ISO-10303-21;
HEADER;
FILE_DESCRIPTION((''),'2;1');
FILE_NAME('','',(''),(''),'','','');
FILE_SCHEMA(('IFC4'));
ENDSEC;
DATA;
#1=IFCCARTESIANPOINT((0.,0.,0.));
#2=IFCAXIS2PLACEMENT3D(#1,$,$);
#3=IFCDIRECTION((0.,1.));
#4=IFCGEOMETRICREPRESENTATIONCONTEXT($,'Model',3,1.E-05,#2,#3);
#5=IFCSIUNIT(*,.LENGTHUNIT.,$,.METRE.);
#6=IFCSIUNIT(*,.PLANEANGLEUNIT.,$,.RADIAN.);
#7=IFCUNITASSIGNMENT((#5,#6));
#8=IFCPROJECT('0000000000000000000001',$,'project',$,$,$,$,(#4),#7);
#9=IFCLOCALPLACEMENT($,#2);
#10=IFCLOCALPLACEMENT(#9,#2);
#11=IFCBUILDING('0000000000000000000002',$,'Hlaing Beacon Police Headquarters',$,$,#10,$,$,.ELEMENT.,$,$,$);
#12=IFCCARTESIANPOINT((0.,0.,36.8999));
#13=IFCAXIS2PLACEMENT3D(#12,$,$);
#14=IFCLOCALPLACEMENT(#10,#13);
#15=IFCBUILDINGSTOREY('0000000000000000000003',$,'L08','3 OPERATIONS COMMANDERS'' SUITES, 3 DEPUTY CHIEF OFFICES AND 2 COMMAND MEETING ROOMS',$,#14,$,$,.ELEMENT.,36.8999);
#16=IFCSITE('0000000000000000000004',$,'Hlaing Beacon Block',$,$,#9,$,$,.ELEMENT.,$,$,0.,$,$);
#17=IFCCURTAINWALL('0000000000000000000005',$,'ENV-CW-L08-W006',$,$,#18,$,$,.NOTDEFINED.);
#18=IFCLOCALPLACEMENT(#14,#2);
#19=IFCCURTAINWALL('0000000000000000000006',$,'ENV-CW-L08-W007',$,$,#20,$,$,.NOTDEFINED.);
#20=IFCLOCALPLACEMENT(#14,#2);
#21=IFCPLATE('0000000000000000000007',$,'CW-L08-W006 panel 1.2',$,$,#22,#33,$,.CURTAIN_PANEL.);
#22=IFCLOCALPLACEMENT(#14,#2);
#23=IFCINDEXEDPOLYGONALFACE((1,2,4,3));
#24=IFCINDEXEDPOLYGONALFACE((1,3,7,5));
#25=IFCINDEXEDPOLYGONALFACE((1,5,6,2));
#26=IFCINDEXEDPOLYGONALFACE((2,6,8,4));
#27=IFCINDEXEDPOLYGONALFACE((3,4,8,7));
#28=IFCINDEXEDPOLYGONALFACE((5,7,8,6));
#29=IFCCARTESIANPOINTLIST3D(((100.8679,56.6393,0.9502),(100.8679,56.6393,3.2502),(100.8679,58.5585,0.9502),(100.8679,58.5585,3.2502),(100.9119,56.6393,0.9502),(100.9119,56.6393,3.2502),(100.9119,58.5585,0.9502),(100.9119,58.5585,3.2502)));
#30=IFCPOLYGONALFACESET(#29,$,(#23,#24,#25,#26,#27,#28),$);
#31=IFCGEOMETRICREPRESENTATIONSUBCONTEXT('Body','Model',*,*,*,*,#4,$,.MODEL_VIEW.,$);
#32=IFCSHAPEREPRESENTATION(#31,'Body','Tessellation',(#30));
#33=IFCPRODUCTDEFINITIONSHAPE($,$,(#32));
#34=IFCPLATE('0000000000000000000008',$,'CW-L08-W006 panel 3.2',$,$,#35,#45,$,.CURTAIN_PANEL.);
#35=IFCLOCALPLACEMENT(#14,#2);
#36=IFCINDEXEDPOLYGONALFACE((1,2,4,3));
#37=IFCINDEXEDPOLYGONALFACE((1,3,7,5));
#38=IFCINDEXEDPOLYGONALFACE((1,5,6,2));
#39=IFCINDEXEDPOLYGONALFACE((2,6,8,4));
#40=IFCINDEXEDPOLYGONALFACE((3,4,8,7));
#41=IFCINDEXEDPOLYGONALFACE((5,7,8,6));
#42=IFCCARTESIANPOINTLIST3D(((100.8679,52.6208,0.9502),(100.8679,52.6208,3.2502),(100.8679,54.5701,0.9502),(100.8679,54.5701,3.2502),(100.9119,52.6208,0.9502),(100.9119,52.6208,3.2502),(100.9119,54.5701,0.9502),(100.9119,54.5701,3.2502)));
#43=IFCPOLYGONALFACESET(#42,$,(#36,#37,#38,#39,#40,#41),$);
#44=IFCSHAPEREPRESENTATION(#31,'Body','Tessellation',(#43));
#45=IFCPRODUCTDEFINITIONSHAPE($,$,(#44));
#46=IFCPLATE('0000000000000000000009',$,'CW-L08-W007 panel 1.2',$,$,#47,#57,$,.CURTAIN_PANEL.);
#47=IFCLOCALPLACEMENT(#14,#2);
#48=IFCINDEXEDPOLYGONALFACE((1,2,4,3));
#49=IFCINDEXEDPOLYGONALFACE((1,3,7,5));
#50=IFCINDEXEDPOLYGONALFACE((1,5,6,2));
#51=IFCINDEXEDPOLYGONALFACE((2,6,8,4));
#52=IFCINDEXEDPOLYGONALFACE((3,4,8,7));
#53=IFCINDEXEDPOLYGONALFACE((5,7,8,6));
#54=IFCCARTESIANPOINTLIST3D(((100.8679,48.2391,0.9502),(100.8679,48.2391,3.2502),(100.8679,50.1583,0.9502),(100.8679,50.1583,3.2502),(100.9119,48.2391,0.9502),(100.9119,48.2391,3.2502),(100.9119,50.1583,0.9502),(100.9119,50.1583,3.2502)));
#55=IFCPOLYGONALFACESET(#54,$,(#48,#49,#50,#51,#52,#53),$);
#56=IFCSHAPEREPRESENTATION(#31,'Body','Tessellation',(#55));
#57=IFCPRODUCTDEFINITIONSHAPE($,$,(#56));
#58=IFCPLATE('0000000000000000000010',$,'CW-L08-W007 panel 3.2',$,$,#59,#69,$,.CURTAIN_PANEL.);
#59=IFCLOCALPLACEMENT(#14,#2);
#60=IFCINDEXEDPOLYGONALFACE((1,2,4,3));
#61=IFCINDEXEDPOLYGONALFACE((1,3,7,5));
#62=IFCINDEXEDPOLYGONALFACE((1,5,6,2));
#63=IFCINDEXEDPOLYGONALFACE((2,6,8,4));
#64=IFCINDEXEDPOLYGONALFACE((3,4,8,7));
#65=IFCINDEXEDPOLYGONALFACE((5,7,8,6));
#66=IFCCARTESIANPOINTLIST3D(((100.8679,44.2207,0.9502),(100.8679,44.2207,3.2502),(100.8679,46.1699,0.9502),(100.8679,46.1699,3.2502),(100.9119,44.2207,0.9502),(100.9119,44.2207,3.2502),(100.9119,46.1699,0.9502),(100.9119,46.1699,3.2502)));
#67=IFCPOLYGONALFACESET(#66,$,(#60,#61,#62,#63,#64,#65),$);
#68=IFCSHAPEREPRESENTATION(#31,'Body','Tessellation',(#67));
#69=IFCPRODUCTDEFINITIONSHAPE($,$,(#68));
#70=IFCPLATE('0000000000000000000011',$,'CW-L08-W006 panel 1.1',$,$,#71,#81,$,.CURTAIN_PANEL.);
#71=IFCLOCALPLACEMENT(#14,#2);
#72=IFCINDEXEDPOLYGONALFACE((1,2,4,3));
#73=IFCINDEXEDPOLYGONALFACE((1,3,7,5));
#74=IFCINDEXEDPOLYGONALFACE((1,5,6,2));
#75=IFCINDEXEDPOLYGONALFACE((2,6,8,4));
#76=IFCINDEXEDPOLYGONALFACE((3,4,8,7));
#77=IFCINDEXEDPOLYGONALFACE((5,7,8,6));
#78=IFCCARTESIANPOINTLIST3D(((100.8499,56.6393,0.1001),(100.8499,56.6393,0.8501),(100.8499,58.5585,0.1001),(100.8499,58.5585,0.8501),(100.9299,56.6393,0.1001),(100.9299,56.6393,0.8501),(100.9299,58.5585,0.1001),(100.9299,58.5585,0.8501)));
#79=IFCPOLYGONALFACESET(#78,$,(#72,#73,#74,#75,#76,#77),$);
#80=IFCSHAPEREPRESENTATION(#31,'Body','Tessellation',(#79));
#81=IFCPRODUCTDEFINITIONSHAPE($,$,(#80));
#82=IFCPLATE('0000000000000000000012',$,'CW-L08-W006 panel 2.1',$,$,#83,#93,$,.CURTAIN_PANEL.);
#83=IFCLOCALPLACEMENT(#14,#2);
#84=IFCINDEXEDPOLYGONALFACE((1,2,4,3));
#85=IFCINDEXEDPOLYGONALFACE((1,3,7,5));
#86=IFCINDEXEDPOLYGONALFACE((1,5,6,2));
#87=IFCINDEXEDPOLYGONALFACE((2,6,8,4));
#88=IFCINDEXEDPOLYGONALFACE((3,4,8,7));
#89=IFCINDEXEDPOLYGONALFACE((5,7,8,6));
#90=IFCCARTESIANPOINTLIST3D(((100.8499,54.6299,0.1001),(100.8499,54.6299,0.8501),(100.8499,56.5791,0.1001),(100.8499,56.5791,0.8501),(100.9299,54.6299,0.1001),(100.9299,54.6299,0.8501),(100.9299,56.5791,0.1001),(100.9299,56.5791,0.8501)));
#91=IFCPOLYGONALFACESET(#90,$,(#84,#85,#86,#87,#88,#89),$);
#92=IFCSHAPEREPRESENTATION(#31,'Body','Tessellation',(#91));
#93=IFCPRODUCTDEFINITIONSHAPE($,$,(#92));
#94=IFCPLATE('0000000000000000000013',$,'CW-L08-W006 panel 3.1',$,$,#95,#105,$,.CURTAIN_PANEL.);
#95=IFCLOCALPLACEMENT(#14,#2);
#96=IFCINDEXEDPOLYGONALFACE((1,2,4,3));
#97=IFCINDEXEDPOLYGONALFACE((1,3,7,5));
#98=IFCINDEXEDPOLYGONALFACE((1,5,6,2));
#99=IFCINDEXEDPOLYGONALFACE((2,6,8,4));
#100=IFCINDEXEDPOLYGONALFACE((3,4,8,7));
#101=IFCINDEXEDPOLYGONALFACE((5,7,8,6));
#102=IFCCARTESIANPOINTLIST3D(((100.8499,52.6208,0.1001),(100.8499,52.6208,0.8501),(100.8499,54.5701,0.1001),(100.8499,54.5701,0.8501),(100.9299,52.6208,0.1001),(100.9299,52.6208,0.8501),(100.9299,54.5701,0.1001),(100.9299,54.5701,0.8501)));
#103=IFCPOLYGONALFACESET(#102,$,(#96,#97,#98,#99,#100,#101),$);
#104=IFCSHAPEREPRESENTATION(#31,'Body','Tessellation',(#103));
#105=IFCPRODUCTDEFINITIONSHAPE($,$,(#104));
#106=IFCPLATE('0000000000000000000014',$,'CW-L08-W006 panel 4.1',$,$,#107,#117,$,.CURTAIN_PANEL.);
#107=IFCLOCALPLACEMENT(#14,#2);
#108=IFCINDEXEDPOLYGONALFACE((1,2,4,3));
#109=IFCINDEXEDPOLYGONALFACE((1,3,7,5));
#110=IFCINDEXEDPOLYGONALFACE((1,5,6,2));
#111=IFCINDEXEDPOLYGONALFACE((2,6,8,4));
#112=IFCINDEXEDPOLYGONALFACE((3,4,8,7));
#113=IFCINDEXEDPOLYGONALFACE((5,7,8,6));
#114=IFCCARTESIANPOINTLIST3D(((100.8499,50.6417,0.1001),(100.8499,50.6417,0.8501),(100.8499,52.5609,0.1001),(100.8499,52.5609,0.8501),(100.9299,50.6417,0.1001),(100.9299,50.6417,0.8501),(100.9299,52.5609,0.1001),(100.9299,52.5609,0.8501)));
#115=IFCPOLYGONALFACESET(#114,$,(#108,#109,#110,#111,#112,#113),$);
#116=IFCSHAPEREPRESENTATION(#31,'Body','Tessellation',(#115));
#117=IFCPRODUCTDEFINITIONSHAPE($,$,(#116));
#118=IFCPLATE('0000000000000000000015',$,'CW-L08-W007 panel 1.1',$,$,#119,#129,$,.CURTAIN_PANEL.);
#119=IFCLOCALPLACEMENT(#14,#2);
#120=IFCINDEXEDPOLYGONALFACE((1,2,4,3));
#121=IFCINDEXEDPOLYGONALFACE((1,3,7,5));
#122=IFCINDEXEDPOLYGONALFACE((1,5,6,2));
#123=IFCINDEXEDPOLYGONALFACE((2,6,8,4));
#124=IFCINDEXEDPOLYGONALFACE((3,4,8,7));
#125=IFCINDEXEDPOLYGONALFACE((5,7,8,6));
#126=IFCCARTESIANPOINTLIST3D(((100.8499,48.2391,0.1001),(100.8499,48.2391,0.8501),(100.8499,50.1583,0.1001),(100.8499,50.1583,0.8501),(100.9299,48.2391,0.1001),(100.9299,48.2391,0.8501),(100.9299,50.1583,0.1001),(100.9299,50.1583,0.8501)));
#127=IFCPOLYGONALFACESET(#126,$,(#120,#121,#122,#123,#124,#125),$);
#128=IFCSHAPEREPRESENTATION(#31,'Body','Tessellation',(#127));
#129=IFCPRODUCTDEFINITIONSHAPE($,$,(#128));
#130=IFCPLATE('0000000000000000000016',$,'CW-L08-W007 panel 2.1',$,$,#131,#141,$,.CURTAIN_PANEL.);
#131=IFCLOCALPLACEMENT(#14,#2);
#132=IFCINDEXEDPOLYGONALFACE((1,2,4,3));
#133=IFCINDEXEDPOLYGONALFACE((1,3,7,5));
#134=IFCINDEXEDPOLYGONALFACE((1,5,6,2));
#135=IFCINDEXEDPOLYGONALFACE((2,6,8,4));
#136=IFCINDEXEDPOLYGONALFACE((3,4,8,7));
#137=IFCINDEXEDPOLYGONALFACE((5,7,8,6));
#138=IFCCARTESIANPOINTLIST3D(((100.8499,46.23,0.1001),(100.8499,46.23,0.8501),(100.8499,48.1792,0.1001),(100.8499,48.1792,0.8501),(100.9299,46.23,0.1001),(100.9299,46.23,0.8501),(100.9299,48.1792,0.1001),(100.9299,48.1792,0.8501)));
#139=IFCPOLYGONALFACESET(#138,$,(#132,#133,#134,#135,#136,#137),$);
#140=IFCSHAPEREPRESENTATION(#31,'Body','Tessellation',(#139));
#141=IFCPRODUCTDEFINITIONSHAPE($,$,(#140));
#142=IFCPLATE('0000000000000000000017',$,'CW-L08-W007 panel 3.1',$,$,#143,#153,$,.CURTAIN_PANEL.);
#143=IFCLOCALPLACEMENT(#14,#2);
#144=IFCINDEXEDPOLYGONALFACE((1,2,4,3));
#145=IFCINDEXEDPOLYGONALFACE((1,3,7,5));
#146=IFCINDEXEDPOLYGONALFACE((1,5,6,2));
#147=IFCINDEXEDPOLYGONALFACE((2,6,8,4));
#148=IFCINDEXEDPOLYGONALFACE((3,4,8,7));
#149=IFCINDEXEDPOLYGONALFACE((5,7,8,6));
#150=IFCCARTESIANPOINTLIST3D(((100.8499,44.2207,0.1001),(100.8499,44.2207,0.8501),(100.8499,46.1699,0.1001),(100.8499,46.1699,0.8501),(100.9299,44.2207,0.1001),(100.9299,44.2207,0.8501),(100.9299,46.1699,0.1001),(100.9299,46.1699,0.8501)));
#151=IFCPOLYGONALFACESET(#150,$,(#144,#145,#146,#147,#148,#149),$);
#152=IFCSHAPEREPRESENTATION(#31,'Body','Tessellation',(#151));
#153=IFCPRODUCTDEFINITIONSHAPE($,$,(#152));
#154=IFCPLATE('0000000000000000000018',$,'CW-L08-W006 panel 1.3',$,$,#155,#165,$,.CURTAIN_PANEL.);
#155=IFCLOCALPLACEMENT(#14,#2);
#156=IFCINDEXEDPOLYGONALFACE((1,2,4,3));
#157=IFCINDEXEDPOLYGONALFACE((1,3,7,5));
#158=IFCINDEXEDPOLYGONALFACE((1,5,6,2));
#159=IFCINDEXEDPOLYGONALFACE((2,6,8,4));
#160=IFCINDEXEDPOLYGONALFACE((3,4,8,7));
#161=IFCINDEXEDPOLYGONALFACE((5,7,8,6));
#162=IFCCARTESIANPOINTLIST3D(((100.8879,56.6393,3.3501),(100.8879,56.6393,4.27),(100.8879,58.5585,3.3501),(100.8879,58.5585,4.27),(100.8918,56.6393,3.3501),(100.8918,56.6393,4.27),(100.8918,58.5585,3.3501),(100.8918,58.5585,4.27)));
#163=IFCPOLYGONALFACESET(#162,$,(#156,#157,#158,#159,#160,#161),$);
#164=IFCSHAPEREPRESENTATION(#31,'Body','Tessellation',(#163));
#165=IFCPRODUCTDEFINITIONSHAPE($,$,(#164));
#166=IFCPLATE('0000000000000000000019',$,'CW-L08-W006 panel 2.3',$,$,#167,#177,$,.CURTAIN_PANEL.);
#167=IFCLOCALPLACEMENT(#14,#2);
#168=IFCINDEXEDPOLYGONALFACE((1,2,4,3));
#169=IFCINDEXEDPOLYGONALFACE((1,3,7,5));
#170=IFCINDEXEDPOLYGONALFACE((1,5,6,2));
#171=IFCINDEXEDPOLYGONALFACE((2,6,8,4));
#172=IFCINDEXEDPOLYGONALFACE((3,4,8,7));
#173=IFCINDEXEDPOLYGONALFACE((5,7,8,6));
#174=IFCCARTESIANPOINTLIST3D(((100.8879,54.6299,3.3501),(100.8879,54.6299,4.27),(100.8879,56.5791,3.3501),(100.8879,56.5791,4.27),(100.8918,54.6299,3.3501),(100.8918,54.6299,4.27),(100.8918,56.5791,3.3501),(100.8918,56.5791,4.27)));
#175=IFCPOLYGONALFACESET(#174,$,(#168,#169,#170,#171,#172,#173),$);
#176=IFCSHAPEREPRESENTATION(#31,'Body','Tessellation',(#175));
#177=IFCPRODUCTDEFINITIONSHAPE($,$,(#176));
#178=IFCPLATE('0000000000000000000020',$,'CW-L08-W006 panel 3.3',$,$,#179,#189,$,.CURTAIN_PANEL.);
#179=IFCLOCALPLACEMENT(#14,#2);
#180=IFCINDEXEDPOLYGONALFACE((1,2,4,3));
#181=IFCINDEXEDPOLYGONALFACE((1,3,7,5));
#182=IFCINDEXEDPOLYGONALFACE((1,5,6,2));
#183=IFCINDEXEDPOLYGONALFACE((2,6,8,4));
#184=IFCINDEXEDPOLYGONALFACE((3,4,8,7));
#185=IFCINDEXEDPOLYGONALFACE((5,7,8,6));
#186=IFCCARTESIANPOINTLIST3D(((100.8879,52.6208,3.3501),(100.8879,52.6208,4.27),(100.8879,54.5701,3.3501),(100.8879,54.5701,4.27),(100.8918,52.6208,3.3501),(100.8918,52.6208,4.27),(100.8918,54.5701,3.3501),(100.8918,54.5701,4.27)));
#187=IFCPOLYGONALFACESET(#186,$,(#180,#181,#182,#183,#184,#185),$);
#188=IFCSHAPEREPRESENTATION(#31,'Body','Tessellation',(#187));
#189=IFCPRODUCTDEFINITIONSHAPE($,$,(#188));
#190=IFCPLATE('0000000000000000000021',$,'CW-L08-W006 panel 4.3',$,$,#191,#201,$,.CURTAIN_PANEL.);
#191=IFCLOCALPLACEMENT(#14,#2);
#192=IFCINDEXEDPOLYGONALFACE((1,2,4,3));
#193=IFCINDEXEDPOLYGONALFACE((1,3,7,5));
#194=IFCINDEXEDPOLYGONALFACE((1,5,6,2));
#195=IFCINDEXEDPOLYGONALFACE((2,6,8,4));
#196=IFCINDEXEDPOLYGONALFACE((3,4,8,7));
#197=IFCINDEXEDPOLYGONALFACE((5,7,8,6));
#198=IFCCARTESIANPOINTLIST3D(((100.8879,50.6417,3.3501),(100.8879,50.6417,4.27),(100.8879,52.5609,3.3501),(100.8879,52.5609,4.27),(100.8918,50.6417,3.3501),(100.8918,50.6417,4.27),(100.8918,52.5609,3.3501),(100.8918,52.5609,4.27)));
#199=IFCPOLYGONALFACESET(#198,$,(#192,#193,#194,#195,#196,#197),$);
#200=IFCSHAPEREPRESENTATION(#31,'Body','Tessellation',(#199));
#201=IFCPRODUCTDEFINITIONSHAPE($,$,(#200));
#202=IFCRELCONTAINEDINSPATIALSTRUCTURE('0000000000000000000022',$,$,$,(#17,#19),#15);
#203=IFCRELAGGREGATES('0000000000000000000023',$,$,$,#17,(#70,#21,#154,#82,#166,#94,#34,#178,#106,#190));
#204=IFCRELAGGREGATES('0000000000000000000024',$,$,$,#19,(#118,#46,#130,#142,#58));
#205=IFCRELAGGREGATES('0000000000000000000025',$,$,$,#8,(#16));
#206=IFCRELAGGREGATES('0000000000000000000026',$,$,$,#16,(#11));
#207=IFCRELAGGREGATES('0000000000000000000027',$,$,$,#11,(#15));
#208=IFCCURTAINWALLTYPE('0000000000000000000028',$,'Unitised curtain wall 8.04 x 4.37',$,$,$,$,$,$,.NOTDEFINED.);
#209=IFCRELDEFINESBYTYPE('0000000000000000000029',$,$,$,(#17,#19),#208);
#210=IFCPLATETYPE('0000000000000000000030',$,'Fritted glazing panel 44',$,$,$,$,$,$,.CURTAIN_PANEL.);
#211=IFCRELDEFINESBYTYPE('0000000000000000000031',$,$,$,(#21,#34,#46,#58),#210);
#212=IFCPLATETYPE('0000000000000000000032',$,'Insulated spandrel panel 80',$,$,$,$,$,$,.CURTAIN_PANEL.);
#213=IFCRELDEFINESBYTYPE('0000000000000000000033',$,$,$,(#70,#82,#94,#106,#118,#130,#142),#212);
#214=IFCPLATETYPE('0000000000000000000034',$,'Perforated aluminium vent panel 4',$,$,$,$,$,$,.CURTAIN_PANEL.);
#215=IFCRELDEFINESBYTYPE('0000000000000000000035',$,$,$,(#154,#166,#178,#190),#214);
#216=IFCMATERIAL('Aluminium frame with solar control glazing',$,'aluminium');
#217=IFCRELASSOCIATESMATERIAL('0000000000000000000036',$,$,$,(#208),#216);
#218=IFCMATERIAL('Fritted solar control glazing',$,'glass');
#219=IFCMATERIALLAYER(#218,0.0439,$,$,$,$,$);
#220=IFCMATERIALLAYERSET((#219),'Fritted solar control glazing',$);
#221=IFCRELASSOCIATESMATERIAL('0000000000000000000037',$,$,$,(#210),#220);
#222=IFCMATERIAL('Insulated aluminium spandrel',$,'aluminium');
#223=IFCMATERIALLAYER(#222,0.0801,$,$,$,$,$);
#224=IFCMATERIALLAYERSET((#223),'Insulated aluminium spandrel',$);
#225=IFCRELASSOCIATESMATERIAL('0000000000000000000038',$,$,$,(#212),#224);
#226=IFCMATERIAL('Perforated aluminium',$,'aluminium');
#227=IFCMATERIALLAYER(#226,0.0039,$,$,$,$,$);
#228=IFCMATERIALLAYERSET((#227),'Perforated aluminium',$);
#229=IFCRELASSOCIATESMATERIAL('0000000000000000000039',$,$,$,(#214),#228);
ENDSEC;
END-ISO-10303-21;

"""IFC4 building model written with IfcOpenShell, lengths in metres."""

from ifc_helpers import new_model, si_unit, direction, frame, origin, origin_2d, place, context, subcontext, project, spatial, rectangle, extrude, material, layer, layer_set, type_object, element, aggregate, save


model = new_model("IFC4")

# Units and contexts
model_context = context("Model", 3, precision=1e-05, world=origin(), true_north=direction((0.0, 1.0)))
body_context = subcontext(model_context, "Body", "Model", "MODEL_VIEW")
ifc_project = project(units=[si_unit("LENGTHUNIT", "METRE"), si_unit("PLANEANGLEUNIT", "RADIAN")], contexts=[model_context])

# Site, building, storey
site_placement = place(None, origin())
site = spatial("IfcSite", under=ifc_project, at=site_placement, Name="Hlaing Beacon Block", CompositionType="ELEMENT", RefElevation=0.0)
building_placement = place(site_placement, origin())
building = spatial("IfcBuilding", under=site, at=building_placement, Name="Hlaing Beacon Police Headquarters", CompositionType="ELEMENT")
storey_placement = place(building_placement, frame((0.0, 0.0, 36.8999)))
storey = spatial("IfcBuildingStorey", under=building, at=storey_placement, Name="L08", Description="3 OPERATIONS COMMANDERS' SUITES, 3 DEPUTY CHIEF OFFICES AND 2 COMMAND MEETING ROOMS", CompositionType="ELEMENT", Elevation=36.8999)

# Curtain wall
ifc_material_1 = material(Name="Aluminium frame with solar control glazing", Category="aluminium")
curtain_wall_type = type_object("IfcCurtainWallType", Name="Unitised curtain wall 8.04 x 4.37", PredefinedType="NOTDEFINED", material=ifc_material_1)
curtain_wall_1_placement = place(storey_placement, origin())
curtain_wall_1 = element("IfcCurtainWall", 1, at=curtain_wall_1_placement, inside=storey, type_object=curtain_wall_type, Name="ENV-CW-L08-W006", PredefinedType="NOTDEFINED")

# Curtain wall
curtain_wall_2_placement = place(storey_placement, origin())
curtain_wall_2 = element("IfcCurtainWall", 2, at=curtain_wall_2_placement, inside=storey, type_object=curtain_wall_type, Name="ENV-CW-L08-W007", PredefinedType="NOTDEFINED")

# Plates
ifc_material_2 = material(Name="Fritted solar control glazing", Category="glass")
ifc_layer_1 = layer(ifc_material_2, 0.0439)
ifc_layer_set_1 = layer_set([ifc_layer_1], Name="Fritted solar control glazing")
plate_type_1 = type_object("IfcPlateType", Name="Fritted glazing panel 44", PredefinedType="CURTAIN_PANEL", material=ifc_layer_set_1)
plate_1_placement = place(storey_placement, frame((100.8899, 57.5989, 0.9502), z_axis=(0.0, 0.0, 1.0), x_axis=(0.0, -1.0, 0.0)))
plate_1 = element("IfcPlate", 3, at=plate_1_placement, type_object=plate_type_1, Name="CW-L08-W006 panel 1.2", PredefinedType="CURTAIN_PANEL", context=body_context, shape_type="SweptSolid", body=[
    extrude(rectangle(XDim=1.9192, YDim=0.0439, at=origin_2d()), origin(), (0.0, 0.0, 1.0), 2.3),
])
plate_2_placement = place(storey_placement, frame((100.8899, 53.5955, 0.9502), z_axis=(0.0, 0.0, 1.0), x_axis=(0.0, -1.0, 0.0)))
plate_2 = element("IfcPlate", 4, at=plate_2_placement, type_object=plate_type_1, Name="CW-L08-W006 panel 3.2", PredefinedType="CURTAIN_PANEL", context=body_context, shape_type="SweptSolid", body=[
    extrude(rectangle(XDim=1.9492, YDim=0.0439, at=origin_2d()), origin(), (0.0, 0.0, 1.0), 2.3),
])
plate_3_placement = place(storey_placement, frame((100.8899, 49.1987, 0.9502), z_axis=(0.0, 0.0, 1.0), x_axis=(0.0, -1.0, 0.0)))
plate_3 = element("IfcPlate", 5, at=plate_3_placement, type_object=plate_type_1, Name="CW-L08-W007 panel 1.2", PredefinedType="CURTAIN_PANEL", context=body_context, shape_type="SweptSolid", body=[
    extrude(rectangle(XDim=1.9192, YDim=0.0439, at=origin_2d()), origin(), (0.0, 0.0, 1.0), 2.3),
])
plate_4_placement = place(storey_placement, frame((100.8899, 45.1953, 0.9502), z_axis=(0.0, 0.0, 1.0), x_axis=(0.0, -1.0, 0.0)))
plate_4 = element("IfcPlate", 6, at=plate_4_placement, type_object=plate_type_1, Name="CW-L08-W007 panel 3.2", PredefinedType="CURTAIN_PANEL", context=body_context, shape_type="SweptSolid", body=[
    extrude(rectangle(XDim=1.9492, YDim=0.0439, at=origin_2d()), origin(), (0.0, 0.0, 1.0), 2.3),
])
ifc_material_3 = material(Name="Insulated aluminium spandrel", Category="aluminium")
ifc_layer_2 = layer(ifc_material_3, 0.0801)
ifc_layer_set_2 = layer_set([ifc_layer_2], Name="Insulated aluminium spandrel")
plate_type_2 = type_object("IfcPlateType", Name="Insulated spandrel panel 80", PredefinedType="CURTAIN_PANEL", material=ifc_layer_set_2)
plate_5_placement = place(storey_placement, frame((100.8899, 57.5989, 0.1001), z_axis=(0.0, 0.0, 1.0), x_axis=(0.0, -1.0, 0.0)))
plate_5 = element("IfcPlate", 7, at=plate_5_placement, type_object=plate_type_2, Name="CW-L08-W006 panel 1.1", PredefinedType="CURTAIN_PANEL", context=body_context, shape_type="SweptSolid", body=[
    extrude(rectangle(XDim=1.9192, YDim=0.0801, at=origin_2d()), origin(), (0.0, 0.0, 1.0), 0.75),
])
plate_6_placement = place(storey_placement, frame((100.8899, 55.6045, 0.1001), z_axis=(0.0, 0.0, 1.0), x_axis=(0.0, -1.0, 0.0)))
plate_6 = element("IfcPlate", 8, at=plate_6_placement, type_object=plate_type_2, Name="CW-L08-W006 panel 2.1", PredefinedType="CURTAIN_PANEL", context=body_context, shape_type="SweptSolid", body=[
    extrude(rectangle(XDim=1.9492, YDim=0.0801, at=origin_2d()), origin(), (0.0, 0.0, 1.0), 0.75),
])
plate_7_placement = place(storey_placement, frame((100.8899, 53.5955, 0.1001), z_axis=(0.0, 0.0, 1.0), x_axis=(0.0, -1.0, 0.0)))
plate_7 = element("IfcPlate", 9, at=plate_7_placement, type_object=plate_type_2, Name="CW-L08-W006 panel 3.1", PredefinedType="CURTAIN_PANEL", context=body_context, shape_type="SweptSolid", body=[
    extrude(rectangle(XDim=1.9492, YDim=0.0801, at=origin_2d()), origin(), (0.0, 0.0, 1.0), 0.75),
])
plate_8_placement = place(storey_placement, frame((100.8899, 51.6013, 0.1001), z_axis=(0.0, 0.0, 1.0), x_axis=(0.0, -1.0, 0.0)))
plate_8 = element("IfcPlate", 10, at=plate_8_placement, type_object=plate_type_2, Name="CW-L08-W006 panel 4.1", PredefinedType="CURTAIN_PANEL", context=body_context, shape_type="SweptSolid", body=[
    extrude(rectangle(XDim=1.9192, YDim=0.0801, at=origin_2d()), origin(), (0.0, 0.0, 1.0), 0.75),
])
plate_9_placement = place(storey_placement, frame((100.8899, 49.1987, 0.1001), z_axis=(0.0, 0.0, 1.0), x_axis=(0.0, -1.0, 0.0)))
plate_9 = element("IfcPlate", 11, at=plate_9_placement, type_object=plate_type_2, Name="CW-L08-W007 panel 1.1", PredefinedType="CURTAIN_PANEL", context=body_context, shape_type="SweptSolid", body=[
    extrude(rectangle(XDim=1.9192, YDim=0.0801, at=origin_2d()), origin(), (0.0, 0.0, 1.0), 0.75),
])
plate_10_placement = place(storey_placement, frame((100.8899, 47.2046, 0.1001), z_axis=(0.0, 0.0, 1.0), x_axis=(0.0, -1.0, 0.0)))
plate_10 = element("IfcPlate", 12, at=plate_10_placement, type_object=plate_type_2, Name="CW-L08-W007 panel 2.1", PredefinedType="CURTAIN_PANEL", context=body_context, shape_type="SweptSolid", body=[
    extrude(rectangle(XDim=1.9492, YDim=0.0801, at=origin_2d()), origin(), (0.0, 0.0, 1.0), 0.75),
])
plate_11_placement = place(storey_placement, frame((100.8899, 45.1953, 0.1001), z_axis=(0.0, 0.0, 1.0), x_axis=(0.0, -1.0, 0.0)))
plate_11 = element("IfcPlate", 13, at=plate_11_placement, type_object=plate_type_2, Name="CW-L08-W007 panel 3.1", PredefinedType="CURTAIN_PANEL", context=body_context, shape_type="SweptSolid", body=[
    extrude(rectangle(XDim=1.9492, YDim=0.0801, at=origin_2d()), origin(), (0.0, 0.0, 1.0), 0.75),
])
ifc_material_4 = material(Name="Perforated aluminium", Category="aluminium")
ifc_layer_3 = layer(ifc_material_4, 0.0039)
ifc_layer_set_3 = layer_set([ifc_layer_3], Name="Perforated aluminium")
plate_type_3 = type_object("IfcPlateType", Name="Perforated aluminium vent panel 4", PredefinedType="CURTAIN_PANEL", material=ifc_layer_set_3)
plate_12_placement = place(storey_placement, frame((100.8899, 57.5989, 3.3501), z_axis=(0.0, 0.0, 1.0), x_axis=(0.0, -1.0, 0.0)))
plate_12 = element("IfcPlate", 14, at=plate_12_placement, type_object=plate_type_3, Name="CW-L08-W006 panel 1.3", PredefinedType="CURTAIN_PANEL", context=body_context, shape_type="SweptSolid", body=[
    extrude(rectangle(XDim=1.9192, YDim=0.0039, at=origin_2d()), origin(), (0.0, 0.0, 1.0), 0.9199),
])
plate_13_placement = place(storey_placement, frame((100.8899, 55.6045, 3.3501), z_axis=(0.0, 0.0, 1.0), x_axis=(0.0, -1.0, 0.0)))
plate_13 = element("IfcPlate", 15, at=plate_13_placement, type_object=plate_type_3, Name="CW-L08-W006 panel 2.3", PredefinedType="CURTAIN_PANEL", context=body_context, shape_type="SweptSolid", body=[
    extrude(rectangle(XDim=1.9492, YDim=0.0039, at=origin_2d()), origin(), (0.0, 0.0, 1.0), 0.9199),
])
plate_14_placement = place(storey_placement, frame((100.8899, 53.5955, 3.3501), z_axis=(0.0, 0.0, 1.0), x_axis=(0.0, -1.0, 0.0)))
plate_14 = element("IfcPlate", 16, at=plate_14_placement, type_object=plate_type_3, Name="CW-L08-W006 panel 3.3", PredefinedType="CURTAIN_PANEL", context=body_context, shape_type="SweptSolid", body=[
    extrude(rectangle(XDim=1.9492, YDim=0.0039, at=origin_2d()), origin(), (0.0, 0.0, 1.0), 0.9199),
])
plate_15_placement = place(storey_placement, frame((100.8899, 51.6013, 3.3501), z_axis=(0.0, 0.0, 1.0), x_axis=(0.0, -1.0, 0.0)))
plate_15 = element("IfcPlate", 17, at=plate_15_placement, type_object=plate_type_3, Name="CW-L08-W006 panel 4.3", PredefinedType="CURTAIN_PANEL", context=body_context, shape_type="SweptSolid", body=[
    extrude(rectangle(XDim=1.9192, YDim=0.0039, at=origin_2d()), origin(), (0.0, 0.0, 1.0), 0.9199),
])
aggregate(curtain_wall_1, [plate_5, plate_1, plate_12, plate_6, plate_13, plate_7, plate_2, plate_14, plate_8, plate_15])
aggregate(curtain_wall_2, [plate_9, plate_3, plate_10, plate_11, plate_4])

save(model, "model.ifc")
